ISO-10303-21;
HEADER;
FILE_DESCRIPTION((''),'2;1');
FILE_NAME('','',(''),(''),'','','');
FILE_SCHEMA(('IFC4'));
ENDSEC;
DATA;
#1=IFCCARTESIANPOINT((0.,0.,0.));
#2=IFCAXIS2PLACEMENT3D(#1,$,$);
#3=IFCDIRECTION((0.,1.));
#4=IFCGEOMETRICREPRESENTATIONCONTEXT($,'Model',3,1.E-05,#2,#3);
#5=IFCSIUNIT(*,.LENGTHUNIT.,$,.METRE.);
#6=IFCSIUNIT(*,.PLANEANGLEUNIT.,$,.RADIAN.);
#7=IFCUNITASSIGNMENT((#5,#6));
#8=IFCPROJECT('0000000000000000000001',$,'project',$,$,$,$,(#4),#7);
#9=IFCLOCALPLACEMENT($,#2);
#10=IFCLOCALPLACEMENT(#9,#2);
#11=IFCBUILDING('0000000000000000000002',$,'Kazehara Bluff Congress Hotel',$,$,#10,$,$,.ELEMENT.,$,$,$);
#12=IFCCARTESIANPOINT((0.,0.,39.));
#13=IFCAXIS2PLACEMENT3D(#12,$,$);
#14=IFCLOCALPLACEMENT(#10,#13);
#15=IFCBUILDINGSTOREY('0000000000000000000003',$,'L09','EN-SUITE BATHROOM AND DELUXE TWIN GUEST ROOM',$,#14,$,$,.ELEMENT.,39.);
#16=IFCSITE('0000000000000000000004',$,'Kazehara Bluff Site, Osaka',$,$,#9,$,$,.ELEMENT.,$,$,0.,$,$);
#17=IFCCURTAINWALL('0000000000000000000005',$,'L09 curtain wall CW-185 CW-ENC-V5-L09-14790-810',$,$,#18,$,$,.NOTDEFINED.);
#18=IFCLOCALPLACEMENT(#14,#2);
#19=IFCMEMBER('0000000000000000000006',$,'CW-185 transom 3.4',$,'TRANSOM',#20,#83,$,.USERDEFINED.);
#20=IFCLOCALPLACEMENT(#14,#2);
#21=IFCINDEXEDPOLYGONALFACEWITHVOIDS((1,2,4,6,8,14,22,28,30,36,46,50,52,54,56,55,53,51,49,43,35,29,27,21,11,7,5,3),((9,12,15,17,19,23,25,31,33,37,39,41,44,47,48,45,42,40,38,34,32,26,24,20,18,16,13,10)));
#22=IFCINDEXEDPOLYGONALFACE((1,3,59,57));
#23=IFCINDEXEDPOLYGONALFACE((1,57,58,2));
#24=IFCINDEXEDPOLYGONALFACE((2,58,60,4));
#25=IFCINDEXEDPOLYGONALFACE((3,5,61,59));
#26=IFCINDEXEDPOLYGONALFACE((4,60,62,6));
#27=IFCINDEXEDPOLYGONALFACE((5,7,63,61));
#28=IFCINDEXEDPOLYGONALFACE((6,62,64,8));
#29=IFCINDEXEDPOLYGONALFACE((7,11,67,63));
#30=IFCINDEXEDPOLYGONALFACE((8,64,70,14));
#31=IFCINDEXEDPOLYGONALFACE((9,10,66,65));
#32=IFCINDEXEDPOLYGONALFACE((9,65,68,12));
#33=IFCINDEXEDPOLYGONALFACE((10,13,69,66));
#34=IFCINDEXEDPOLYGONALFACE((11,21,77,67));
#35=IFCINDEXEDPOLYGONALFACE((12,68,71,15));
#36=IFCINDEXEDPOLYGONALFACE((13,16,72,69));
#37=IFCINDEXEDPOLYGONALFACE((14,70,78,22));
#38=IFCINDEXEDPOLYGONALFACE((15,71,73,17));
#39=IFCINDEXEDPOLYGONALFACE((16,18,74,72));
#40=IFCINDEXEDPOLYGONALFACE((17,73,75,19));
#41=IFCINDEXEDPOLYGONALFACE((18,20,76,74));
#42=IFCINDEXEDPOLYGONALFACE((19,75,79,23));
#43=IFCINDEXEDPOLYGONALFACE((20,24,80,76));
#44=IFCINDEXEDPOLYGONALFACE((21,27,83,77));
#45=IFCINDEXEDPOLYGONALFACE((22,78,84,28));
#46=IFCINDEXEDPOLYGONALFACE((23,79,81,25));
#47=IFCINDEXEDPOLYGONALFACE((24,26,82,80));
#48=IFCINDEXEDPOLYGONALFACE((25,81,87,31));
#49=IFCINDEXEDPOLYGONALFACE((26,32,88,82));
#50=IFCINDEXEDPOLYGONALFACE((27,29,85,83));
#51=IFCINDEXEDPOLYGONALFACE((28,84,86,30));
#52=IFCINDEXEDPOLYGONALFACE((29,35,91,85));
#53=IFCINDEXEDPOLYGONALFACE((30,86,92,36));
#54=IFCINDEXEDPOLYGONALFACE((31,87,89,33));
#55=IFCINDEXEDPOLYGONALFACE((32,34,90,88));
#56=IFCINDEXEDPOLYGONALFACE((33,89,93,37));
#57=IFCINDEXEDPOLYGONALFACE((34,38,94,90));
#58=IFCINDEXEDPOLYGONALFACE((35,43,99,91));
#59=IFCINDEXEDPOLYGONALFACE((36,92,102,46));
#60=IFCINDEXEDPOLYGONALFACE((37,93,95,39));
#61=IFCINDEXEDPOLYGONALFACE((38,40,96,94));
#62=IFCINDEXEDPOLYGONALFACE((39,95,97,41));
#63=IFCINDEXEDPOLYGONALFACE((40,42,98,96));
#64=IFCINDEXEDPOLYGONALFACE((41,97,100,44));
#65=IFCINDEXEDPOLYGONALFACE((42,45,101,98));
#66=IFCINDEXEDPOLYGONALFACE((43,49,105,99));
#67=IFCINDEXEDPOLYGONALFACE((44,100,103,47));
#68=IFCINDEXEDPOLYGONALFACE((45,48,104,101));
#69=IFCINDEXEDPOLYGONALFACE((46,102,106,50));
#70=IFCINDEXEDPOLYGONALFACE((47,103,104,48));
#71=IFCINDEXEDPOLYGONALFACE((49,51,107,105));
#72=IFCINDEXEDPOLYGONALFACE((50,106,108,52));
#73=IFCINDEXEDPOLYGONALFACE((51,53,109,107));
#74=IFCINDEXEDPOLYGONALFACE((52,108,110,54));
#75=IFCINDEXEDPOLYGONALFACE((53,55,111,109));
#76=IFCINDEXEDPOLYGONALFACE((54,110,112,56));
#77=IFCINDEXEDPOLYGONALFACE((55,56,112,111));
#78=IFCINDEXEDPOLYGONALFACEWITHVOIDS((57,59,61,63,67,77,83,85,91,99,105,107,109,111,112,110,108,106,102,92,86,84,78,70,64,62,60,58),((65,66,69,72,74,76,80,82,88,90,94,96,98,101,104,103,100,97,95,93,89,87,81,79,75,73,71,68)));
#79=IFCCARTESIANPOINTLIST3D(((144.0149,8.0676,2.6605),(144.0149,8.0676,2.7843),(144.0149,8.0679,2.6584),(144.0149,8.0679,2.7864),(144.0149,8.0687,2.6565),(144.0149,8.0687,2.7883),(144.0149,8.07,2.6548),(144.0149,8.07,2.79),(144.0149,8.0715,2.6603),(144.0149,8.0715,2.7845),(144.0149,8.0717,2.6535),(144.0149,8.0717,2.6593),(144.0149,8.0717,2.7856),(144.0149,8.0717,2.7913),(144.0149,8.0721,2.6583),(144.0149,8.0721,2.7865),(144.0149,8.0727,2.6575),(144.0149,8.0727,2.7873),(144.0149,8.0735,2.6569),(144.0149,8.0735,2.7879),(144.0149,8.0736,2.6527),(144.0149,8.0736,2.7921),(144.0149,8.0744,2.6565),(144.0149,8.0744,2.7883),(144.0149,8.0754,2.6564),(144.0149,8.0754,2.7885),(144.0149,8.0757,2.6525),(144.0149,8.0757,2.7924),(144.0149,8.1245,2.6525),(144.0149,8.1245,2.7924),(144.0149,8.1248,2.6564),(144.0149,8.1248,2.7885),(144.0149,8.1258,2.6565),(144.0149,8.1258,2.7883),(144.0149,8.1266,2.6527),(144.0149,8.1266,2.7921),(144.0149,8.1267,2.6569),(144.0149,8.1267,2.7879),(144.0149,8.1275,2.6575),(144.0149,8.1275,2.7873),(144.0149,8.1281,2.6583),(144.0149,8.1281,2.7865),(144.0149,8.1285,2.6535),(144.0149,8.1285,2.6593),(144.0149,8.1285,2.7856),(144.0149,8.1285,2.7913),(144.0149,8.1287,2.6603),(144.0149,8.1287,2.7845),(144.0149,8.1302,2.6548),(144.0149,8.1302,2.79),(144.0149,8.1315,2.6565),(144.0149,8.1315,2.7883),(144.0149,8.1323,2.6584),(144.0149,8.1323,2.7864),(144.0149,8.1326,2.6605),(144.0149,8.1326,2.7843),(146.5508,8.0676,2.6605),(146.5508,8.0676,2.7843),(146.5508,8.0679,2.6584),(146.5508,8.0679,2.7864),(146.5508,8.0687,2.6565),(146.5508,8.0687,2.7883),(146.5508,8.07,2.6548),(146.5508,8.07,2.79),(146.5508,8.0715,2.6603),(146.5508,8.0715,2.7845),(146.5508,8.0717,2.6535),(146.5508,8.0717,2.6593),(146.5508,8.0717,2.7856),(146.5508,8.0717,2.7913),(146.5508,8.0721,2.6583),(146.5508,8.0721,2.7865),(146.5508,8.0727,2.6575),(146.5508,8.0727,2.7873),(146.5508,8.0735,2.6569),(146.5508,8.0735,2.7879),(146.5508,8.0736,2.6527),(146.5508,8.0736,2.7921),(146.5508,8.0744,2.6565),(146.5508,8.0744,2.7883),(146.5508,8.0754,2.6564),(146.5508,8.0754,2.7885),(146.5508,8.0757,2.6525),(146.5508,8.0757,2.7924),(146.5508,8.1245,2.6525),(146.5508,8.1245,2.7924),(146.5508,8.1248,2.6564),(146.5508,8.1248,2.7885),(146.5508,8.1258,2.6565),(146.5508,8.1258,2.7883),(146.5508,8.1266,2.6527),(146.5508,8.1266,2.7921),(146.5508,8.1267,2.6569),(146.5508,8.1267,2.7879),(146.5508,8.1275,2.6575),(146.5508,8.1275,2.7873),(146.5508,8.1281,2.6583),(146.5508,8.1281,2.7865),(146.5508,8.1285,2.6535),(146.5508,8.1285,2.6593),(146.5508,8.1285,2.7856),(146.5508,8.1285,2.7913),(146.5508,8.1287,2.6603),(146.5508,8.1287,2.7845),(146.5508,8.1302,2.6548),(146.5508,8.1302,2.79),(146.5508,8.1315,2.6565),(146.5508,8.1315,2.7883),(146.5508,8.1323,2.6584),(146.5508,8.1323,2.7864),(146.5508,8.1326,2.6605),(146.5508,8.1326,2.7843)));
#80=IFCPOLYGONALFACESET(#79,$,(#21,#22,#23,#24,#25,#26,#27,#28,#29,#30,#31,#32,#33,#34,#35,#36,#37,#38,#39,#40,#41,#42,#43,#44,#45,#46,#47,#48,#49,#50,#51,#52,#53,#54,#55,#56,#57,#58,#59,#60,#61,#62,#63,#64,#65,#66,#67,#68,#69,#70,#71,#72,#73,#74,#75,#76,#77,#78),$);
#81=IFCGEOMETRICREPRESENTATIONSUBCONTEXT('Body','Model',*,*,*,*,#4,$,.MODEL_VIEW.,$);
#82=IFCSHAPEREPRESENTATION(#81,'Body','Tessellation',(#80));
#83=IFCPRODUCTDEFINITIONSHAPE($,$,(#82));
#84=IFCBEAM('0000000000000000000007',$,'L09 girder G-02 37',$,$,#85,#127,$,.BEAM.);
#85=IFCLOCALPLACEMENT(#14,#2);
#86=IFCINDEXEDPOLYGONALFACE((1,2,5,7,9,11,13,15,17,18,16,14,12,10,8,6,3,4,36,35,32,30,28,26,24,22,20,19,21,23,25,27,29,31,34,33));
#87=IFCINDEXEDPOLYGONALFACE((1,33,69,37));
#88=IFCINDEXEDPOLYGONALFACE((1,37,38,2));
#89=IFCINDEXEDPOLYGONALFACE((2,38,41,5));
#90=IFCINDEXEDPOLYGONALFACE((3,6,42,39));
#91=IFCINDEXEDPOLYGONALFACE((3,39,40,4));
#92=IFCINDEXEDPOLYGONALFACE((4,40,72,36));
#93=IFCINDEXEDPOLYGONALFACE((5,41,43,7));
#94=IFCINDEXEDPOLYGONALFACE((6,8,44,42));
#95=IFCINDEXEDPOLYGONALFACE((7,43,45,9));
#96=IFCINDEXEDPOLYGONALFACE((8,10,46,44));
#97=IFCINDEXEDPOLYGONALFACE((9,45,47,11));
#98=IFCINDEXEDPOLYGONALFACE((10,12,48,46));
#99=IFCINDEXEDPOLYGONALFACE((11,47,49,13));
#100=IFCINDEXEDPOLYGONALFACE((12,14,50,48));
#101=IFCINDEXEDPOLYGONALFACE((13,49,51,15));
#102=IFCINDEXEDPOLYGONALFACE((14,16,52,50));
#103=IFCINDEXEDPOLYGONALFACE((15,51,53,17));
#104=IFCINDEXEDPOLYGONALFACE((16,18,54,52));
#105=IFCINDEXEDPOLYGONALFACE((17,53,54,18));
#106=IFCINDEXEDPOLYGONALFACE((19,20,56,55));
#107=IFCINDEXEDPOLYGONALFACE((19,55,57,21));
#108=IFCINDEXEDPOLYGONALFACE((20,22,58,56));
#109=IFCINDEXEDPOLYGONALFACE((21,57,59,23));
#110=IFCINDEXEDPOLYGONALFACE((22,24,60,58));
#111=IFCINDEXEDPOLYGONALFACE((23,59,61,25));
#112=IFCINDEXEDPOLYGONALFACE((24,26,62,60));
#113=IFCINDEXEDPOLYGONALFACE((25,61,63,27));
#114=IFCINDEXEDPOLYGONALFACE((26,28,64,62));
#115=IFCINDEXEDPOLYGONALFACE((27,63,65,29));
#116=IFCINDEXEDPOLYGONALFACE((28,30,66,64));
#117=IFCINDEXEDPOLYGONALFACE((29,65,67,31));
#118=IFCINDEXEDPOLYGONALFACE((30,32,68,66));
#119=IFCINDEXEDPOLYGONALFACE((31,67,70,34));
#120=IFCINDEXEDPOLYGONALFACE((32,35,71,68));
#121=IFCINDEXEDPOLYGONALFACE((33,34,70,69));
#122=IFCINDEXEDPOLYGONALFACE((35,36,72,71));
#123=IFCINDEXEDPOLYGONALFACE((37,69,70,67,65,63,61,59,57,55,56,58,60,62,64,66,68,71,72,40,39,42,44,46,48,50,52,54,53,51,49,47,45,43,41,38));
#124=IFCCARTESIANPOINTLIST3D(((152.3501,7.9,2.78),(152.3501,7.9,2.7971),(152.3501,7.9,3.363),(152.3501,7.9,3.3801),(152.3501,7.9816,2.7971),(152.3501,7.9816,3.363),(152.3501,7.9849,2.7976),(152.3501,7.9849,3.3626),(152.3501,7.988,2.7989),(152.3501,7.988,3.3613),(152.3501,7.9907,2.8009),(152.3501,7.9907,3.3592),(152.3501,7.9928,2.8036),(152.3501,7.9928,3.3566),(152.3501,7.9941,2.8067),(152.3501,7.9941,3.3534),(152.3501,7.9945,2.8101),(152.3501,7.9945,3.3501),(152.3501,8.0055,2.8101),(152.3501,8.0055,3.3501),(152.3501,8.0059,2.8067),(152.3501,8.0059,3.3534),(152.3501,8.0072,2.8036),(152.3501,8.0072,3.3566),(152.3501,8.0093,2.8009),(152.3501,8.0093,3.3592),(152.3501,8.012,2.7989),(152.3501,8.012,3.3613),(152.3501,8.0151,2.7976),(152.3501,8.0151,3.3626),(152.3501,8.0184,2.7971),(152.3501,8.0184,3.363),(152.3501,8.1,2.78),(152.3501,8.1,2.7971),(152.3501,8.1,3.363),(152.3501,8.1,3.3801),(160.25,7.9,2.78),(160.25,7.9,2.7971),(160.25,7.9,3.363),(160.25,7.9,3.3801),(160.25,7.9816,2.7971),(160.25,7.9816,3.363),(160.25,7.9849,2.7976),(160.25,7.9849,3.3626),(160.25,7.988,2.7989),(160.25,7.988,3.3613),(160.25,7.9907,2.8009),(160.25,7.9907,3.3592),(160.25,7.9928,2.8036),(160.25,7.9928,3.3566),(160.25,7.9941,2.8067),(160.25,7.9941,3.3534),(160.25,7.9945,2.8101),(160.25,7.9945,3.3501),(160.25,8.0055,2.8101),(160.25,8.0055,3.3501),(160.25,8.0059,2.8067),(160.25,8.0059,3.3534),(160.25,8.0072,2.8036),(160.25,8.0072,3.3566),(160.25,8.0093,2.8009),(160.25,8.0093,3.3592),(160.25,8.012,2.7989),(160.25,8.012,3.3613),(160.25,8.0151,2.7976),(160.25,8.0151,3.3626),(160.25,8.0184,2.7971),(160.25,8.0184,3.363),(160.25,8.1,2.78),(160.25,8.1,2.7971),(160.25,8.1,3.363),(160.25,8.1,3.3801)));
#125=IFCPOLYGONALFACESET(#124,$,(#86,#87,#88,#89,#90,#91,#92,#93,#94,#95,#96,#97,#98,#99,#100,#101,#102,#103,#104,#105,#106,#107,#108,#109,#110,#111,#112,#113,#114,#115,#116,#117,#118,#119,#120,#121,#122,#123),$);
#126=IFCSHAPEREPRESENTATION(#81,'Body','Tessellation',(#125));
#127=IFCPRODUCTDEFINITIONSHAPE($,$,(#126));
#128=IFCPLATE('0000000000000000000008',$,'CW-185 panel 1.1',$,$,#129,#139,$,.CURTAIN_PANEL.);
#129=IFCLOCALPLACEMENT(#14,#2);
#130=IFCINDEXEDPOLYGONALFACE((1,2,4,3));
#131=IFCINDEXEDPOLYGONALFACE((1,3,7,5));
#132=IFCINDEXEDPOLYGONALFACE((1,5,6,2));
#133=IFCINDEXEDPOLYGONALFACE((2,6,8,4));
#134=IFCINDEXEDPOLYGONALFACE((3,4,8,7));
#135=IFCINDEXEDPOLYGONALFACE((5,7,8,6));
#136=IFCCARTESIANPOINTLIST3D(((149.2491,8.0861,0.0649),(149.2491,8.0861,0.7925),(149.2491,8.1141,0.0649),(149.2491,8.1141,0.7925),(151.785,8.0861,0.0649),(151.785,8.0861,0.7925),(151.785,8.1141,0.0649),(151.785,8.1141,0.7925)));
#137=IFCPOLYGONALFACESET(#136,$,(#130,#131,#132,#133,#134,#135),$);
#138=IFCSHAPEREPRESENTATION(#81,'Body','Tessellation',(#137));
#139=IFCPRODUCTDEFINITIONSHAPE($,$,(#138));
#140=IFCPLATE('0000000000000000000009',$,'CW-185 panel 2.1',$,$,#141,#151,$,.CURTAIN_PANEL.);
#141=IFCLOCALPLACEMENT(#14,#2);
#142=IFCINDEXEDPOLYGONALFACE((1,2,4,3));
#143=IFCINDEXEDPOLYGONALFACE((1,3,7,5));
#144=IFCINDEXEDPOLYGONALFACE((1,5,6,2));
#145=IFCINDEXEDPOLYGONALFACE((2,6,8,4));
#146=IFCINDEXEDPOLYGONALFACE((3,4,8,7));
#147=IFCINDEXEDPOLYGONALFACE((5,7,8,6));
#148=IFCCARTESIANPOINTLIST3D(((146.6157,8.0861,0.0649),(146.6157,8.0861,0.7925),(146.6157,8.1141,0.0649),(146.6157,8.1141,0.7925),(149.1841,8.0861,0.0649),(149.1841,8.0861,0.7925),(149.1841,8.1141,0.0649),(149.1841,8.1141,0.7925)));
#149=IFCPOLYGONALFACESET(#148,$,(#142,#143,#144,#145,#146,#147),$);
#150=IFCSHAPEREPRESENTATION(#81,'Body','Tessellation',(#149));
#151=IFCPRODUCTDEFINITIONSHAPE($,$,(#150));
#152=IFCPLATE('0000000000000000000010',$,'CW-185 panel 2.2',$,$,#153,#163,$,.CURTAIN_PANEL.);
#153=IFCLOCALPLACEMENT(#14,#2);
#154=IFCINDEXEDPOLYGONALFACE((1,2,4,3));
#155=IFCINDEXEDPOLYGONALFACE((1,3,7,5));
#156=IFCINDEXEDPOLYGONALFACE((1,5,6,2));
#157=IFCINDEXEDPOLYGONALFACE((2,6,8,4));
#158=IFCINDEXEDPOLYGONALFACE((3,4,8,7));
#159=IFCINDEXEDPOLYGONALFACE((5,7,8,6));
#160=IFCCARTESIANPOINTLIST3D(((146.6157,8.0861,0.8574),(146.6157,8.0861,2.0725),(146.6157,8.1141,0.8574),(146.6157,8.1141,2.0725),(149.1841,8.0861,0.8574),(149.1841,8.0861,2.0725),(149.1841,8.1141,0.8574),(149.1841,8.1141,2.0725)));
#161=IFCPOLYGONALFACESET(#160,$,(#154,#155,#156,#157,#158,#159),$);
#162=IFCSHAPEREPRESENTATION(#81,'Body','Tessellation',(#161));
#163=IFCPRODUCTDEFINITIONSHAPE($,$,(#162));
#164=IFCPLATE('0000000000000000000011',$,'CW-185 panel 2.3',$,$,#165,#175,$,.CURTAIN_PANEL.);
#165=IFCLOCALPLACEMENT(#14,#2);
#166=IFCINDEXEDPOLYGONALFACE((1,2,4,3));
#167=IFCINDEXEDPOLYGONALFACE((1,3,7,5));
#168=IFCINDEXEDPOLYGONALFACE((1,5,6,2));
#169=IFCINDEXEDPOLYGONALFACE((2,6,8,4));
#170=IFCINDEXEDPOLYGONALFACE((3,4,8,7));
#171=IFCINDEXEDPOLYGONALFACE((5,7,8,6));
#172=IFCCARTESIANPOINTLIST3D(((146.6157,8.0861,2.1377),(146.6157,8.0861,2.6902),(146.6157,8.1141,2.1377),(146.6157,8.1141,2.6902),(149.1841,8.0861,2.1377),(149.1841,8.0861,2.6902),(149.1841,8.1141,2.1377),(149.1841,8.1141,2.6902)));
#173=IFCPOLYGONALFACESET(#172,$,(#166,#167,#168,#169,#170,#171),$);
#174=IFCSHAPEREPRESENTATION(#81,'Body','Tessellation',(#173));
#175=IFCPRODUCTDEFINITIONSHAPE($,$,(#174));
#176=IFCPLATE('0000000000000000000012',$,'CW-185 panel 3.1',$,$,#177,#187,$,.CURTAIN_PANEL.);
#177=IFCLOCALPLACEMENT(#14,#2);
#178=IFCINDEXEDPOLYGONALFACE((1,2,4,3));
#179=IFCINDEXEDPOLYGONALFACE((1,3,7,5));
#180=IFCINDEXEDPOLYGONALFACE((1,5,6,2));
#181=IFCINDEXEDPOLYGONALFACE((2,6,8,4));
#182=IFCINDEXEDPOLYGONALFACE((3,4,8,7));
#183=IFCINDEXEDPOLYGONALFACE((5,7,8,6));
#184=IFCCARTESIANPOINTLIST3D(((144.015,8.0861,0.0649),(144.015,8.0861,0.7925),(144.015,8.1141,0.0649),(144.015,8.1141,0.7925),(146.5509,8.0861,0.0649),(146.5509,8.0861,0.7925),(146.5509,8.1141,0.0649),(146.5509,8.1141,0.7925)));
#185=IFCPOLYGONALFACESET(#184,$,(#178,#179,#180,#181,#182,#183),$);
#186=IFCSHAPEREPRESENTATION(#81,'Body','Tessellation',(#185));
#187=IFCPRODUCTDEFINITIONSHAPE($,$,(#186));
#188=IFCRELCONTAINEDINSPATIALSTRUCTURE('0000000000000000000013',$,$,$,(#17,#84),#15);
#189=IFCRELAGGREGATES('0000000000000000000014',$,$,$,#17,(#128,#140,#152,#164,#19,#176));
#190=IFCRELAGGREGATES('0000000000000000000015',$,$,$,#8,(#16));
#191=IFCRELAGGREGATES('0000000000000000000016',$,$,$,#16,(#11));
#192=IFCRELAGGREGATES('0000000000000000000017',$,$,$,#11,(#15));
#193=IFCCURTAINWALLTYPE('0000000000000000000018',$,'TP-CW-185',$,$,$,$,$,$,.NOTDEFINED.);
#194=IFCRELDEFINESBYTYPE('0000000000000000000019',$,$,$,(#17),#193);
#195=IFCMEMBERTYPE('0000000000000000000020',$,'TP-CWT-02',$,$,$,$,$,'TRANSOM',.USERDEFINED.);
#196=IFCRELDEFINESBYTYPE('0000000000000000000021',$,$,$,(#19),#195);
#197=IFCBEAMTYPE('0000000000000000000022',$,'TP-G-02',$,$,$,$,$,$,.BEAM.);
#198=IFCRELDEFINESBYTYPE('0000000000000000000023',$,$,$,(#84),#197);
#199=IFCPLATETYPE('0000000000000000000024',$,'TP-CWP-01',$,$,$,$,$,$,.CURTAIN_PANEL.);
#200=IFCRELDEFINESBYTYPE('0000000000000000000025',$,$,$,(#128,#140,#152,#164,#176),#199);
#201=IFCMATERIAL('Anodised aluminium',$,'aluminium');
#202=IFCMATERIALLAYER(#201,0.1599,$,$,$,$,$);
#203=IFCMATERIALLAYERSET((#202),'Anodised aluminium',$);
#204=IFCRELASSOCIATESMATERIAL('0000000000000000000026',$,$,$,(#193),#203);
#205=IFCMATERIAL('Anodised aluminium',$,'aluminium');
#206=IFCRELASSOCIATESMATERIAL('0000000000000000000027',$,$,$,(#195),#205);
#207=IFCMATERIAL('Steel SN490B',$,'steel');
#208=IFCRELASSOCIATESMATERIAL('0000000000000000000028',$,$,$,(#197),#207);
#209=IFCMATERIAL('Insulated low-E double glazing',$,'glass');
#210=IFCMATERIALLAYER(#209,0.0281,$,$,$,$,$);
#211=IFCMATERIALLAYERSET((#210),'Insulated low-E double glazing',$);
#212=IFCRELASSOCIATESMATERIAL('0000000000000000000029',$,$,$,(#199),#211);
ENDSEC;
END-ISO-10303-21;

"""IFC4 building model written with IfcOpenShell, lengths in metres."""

from ifc_helpers import new_model, si_unit, direction, frame, origin, origin_2d, place, context, subcontext, project, spatial, rectangle, hollow_rectangle, i_section, extrude, material, layer, layer_set, material_profile, profile_set, type_object, element, aggregate, save


model = new_model("IFC4")

# Units and contexts
model_context = context("Model", 3, precision=1e-05, world=origin(), true_north=direction((0.0, 1.0)))
body_context = subcontext(model_context, "Body", "Model", "MODEL_VIEW")
ifc_project = project(units=[si_unit("LENGTHUNIT", "METRE"), si_unit("PLANEANGLEUNIT", "RADIAN")], contexts=[model_context])

# Site, building, storey
site_placement = place(None, origin())
site = spatial("IfcSite", under=ifc_project, at=site_placement, Name="Kazehara Bluff Site, Osaka", CompositionType="ELEMENT", RefElevation=0.0)
building_placement = place(site_placement, origin())
building = spatial("IfcBuilding", under=site, at=building_placement, Name="Kazehara Bluff Congress Hotel", CompositionType="ELEMENT")
storey_placement = place(building_placement, frame((0.0, 0.0, 39.0)))
storey = spatial("IfcBuildingStorey", under=building, at=storey_placement, Name="L09", Description="EN-SUITE BATHROOM AND DELUXE TWIN GUEST ROOM", CompositionType="ELEMENT", Elevation=39.0)

# Curtain wall, member
ifc_material_1 = material(Name="Anodised aluminium", Category="aluminium")
ifc_layer_1 = layer(ifc_material_1, 0.1599)
ifc_layer_set_1 = layer_set([ifc_layer_1], Name="Anodised aluminium")
curtain_wall_type = type_object("IfcCurtainWallType", Name="TP-CW-185", PredefinedType="NOTDEFINED", material=ifc_layer_set_1)
curtain_wall_placement = place(storey_placement, origin())
curtain_wall = element("IfcCurtainWall", 1, at=curtain_wall_placement, inside=storey, type_object=curtain_wall_type, Name="L09 curtain wall CW-185 CW-ENC-V5-L09-14790-810", PredefinedType="NOTDEFINED")
ifc_material_2 = material(Name="Anodised aluminium", Category="aluminium")
ifc_material_profile_1 = material_profile(ifc_material_2, hollow_rectangle(XDim=0.0649, YDim=0.1399, WallThickness=0.0039, InnerFilletRadius=0.0039, OuterFilletRadius=0.0081, at=origin_2d()))
ifc_profile_set_1 = profile_set([ifc_material_profile_1], Name="Anodised aluminium")
member_type_1 = type_object("IfcMemberType", Name="TP-CWT-02", ElementType="TRANSOM", PredefinedType="USERDEFINED", material=ifc_profile_set_1)
member_1_placement = place(storey_placement, frame((146.5508, 8.1001, 2.7224), z_axis=(-1.0, 0.0, 0.0), x_axis=(0.0, -1.0, 0.0)))
member_1 = element("IfcMember", 2, at=member_1_placement, type_object=member_type_1, Name="CW-185 transom 3.4", ObjectType="TRANSOM", PredefinedType="USERDEFINED", context=body_context, shape_type="SweptSolid", body=[
    extrude(hollow_rectangle(XDim=0.0649, YDim=0.1399, WallThickness=0.0039, InnerFilletRadius=0.0039, OuterFilletRadius=0.0081, at=origin_2d()), origin(), (0.0, 0.0, 1.0), 2.5359),
])

# Beam
ifc_material_3 = material(Name="Steel SN490B", Category="steel")
ifc_material_profile_2 = material_profile(ifc_material_3, i_section(OverallWidth=0.2, OverallDepth=0.6001, WebThickness=0.011, FlangeThickness=0.0171, FilletRadius=0.0129, at=origin_2d()))
ifc_profile_set_2 = profile_set([ifc_material_profile_2], Name="Steel SN490B")
beam_type = type_object("IfcBeamType", Name="TP-G-02", PredefinedType="BEAM", material=ifc_profile_set_2)
beam_placement = place(storey_placement, frame((152.3501, 8.0, 3.0801), z_axis=(1.0, 0.0, 0.0), x_axis=(0.0, 1.0, 0.0)))
element("IfcBeam", 3, at=beam_placement, inside=storey, type_object=beam_type, Name="L09 girder G-02 37", PredefinedType="BEAM", context=body_context, shape_type="SweptSolid", body=[
    extrude(i_section(OverallWidth=0.2, OverallDepth=0.6001, WebThickness=0.011, FlangeThickness=0.0171, FilletRadius=0.0129, at=origin_2d()), origin(), (0.0, 0.0, 1.0), 7.8999),
])

# Plates
ifc_material_4 = material(Name="Insulated low-E double glazing", Category="glass")
ifc_layer_2 = layer(ifc_material_4, 0.0281)
ifc_layer_set_2 = layer_set([ifc_layer_2], Name="Insulated low-E double glazing")
plate_type = type_object("IfcPlateType", Name="TP-CWP-01", PredefinedType="CURTAIN_PANEL", material=ifc_layer_set_2)
plate_1_placement = place(storey_placement, frame((150.5171, 8.1001, 0.0649), z_axis=(0.0, 0.0, 1.0), x_axis=(-1.0, 0.0, 0.0)))
plate_1 = element("IfcPlate", 4, at=plate_1_placement, type_object=plate_type, Name="CW-185 panel 1.1", PredefinedType="CURTAIN_PANEL", context=body_context, shape_type="SweptSolid", body=[
    extrude(rectangle(XDim=2.5359, YDim=0.0281, at=origin_2d()), origin(), (0.0, 0.0, 1.0), 0.7275),
])
plate_2_placement = place(storey_placement, frame((147.8999, 8.1001, 0.0649), z_axis=(0.0, 0.0, 1.0), x_axis=(-1.0, 0.0, 0.0)))
plate_2 = element("IfcPlate", 5, at=plate_2_placement, type_object=plate_type, Name="CW-185 panel 2.1", PredefinedType="CURTAIN_PANEL", context=body_context, shape_type="SweptSolid", body=[
    extrude(rectangle(XDim=2.5684, YDim=0.0281, at=origin_2d()), origin(), (0.0, 0.0, 1.0), 0.7275),
])
plate_3_placement = place(storey_placement, frame((147.8999, 8.1001, 0.8574), z_axis=(0.0, 0.0, 1.0), x_axis=(-1.0, 0.0, 0.0)))
plate_3 = element("IfcPlate", 6, at=plate_3_placement, type_object=plate_type, Name="CW-185 panel 2.2", PredefinedType="CURTAIN_PANEL", context=body_context, shape_type="SweptSolid", body=[
    extrude(rectangle(XDim=2.5684, YDim=0.0281, at=origin_2d()), origin(), (0.0, 0.0, 1.0), 1.2151),
])
plate_4_placement = place(storey_placement, frame((147.8999, 8.1001, 2.1377), z_axis=(0.0, 0.0, 1.0), x_axis=(-1.0, 0.0, 0.0)))
plate_4 = element("IfcPlate", 7, at=plate_4_placement, type_object=plate_type, Name="CW-185 panel 2.3", PredefinedType="CURTAIN_PANEL", context=body_context, shape_type="SweptSolid", body=[
    extrude(rectangle(XDim=2.5684, YDim=0.0281, at=origin_2d()), origin(), (0.0, 0.0, 1.0), 0.5525),
])
plate_5_placement = place(storey_placement, frame((145.283, 8.1001, 0.0649), z_axis=(0.0, 0.0, 1.0), x_axis=(-1.0, 0.0, 0.0)))
plate_5 = element("IfcPlate", 8, at=plate_5_placement, type_object=plate_type, Name="CW-185 panel 3.1", PredefinedType="CURTAIN_PANEL", context=body_context, shape_type="SweptSolid", body=[
    extrude(rectangle(XDim=2.5359, YDim=0.0281, at=origin_2d()), origin(), (0.0, 0.0, 1.0), 0.7275),
])
aggregate(curtain_wall, [plate_1, plate_2, plate_3, plate_4, member_1, plate_5])

save(model, "model.ifc")
